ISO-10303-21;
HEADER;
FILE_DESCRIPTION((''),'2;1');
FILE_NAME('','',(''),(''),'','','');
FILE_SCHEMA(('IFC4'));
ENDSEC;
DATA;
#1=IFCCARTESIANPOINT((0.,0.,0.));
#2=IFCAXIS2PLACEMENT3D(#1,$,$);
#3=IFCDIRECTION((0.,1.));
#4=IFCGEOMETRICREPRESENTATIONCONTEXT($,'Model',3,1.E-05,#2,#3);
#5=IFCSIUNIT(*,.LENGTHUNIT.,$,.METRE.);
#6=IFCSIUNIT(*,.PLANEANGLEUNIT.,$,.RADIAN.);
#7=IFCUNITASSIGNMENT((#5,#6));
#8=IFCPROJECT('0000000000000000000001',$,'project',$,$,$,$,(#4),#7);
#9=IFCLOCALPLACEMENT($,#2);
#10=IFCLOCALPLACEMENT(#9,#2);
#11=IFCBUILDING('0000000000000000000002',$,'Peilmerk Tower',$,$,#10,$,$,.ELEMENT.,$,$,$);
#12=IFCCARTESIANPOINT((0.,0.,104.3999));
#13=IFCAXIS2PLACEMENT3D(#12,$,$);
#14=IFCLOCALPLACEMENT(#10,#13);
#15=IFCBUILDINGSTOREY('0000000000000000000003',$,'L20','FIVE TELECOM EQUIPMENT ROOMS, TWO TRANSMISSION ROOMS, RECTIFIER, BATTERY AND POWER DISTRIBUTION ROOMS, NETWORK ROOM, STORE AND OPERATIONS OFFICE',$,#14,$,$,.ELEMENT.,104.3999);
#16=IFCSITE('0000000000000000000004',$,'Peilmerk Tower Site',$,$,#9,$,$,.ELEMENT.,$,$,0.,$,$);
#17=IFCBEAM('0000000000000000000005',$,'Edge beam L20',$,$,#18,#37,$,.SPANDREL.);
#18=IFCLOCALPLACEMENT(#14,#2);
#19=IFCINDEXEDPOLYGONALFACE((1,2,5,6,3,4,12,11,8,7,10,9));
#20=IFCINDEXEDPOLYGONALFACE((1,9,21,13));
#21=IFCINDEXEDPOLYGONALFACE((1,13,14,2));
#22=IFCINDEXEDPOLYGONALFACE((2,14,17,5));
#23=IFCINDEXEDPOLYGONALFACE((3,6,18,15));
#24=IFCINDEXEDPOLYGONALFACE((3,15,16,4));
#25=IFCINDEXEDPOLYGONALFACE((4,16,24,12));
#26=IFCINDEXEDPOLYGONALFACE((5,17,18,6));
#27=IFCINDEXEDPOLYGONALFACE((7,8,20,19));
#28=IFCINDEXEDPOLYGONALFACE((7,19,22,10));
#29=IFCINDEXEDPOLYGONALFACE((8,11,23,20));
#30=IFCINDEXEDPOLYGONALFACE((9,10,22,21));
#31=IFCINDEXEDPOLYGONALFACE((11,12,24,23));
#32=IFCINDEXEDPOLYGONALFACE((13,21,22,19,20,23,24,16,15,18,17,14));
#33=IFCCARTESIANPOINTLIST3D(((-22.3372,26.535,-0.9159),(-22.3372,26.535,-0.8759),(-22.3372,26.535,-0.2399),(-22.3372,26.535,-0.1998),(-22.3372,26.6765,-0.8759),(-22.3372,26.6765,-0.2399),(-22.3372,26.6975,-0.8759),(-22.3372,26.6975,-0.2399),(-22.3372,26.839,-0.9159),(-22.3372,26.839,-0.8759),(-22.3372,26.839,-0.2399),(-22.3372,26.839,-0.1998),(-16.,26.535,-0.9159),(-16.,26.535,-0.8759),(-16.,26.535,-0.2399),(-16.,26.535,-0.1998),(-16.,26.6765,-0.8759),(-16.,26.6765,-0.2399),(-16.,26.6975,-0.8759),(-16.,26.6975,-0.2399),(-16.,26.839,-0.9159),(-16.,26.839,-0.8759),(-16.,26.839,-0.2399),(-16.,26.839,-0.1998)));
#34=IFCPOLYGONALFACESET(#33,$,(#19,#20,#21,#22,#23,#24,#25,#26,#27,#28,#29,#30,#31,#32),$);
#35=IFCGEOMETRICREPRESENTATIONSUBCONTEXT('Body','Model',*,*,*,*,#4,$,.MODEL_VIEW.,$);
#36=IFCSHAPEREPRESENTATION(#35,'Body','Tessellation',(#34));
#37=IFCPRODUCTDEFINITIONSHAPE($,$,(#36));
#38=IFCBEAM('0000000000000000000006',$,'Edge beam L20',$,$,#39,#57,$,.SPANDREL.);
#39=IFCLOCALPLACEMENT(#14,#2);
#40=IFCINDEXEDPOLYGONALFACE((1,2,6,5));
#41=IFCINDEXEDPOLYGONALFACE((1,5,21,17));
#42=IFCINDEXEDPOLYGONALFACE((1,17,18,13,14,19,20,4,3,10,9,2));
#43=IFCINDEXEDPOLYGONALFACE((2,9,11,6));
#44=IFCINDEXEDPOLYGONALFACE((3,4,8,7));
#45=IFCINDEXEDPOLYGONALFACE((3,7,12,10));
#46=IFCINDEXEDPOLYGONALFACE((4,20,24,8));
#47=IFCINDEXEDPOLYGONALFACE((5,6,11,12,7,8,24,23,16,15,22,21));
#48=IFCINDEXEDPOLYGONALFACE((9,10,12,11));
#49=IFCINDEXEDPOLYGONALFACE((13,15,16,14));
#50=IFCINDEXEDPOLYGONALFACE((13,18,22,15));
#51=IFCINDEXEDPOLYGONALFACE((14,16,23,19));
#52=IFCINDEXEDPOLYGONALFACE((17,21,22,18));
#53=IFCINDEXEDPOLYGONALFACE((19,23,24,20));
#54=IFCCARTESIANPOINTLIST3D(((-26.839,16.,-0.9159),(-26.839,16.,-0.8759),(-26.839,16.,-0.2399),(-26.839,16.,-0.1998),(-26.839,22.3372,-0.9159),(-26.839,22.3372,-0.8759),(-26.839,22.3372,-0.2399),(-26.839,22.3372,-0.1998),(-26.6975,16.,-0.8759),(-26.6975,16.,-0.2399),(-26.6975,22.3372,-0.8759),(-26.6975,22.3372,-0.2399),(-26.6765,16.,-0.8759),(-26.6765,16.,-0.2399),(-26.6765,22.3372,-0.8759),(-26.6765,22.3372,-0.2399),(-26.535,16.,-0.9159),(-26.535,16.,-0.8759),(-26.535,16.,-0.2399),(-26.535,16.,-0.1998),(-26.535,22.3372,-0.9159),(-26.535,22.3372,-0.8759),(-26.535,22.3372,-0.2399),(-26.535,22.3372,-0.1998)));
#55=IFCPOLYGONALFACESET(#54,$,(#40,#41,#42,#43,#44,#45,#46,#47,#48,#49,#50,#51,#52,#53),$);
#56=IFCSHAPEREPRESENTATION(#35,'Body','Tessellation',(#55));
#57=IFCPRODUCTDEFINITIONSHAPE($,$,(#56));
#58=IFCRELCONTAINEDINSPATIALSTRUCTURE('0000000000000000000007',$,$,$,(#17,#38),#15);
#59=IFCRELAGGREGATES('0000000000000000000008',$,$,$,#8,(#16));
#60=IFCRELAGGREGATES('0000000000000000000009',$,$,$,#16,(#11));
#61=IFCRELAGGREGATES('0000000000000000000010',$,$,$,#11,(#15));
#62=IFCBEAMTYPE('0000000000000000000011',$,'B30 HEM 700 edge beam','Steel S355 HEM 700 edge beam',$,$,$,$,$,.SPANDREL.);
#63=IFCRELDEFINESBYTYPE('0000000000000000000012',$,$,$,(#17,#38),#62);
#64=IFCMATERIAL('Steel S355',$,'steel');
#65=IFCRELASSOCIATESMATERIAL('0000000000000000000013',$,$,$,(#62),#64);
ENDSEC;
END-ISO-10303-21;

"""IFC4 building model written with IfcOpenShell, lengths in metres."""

from ifc_helpers import new_model, si_unit, direction, frame, origin, origin_2d, place, context, subcontext, project, spatial, i_section, extrude, material, material_profile, profile_set, type_object, element, save


model = new_model("IFC4")

# Units and contexts
model_context = context("Model", 3, precision=1e-05, world=origin(), true_north=direction((0.0, 1.0)))
body_context = subcontext(model_context, "Body", "Model", "MODEL_VIEW")
ifc_project = project(units=[si_unit("LENGTHUNIT", "METRE"), si_unit("PLANEANGLEUNIT", "RADIAN")], contexts=[model_context])

# Site, building, storey
site_placement = place(None, origin())
site = spatial("IfcSite", under=ifc_project, at=site_placement, Name="Peilmerk Tower Site", CompositionType="ELEMENT", RefElevation=0.0)
building_placement = place(site_placement, origin())
building = spatial("IfcBuilding", under=site, at=building_placement, Name="Peilmerk Tower", CompositionType="ELEMENT")
storey_placement = place(building_placement, frame((0.0, 0.0, 104.3999)))
storey = spatial("IfcBuildingStorey", under=building, at=storey_placement, Name="L20", Description="FIVE TELECOM EQUIPMENT ROOMS, TWO TRANSMISSION ROOMS, RECTIFIER, BATTERY AND POWER DISTRIBUTION ROOMS, NETWORK ROOM, STORE AND OPERATIONS OFFICE", CompositionType="ELEMENT", Elevation=104.3999)

# Beams
ifc_material_1 = material(Name="Steel S355", Category="steel")
ifc_material_profile_1 = material_profile(ifc_material_1, i_section(OverallWidth=0.304, OverallDepth=0.7161, WebThickness=0.021, FlangeThickness=0.04, at=origin_2d()), Name="HEM 700")
ifc_profile_set_1 = profile_set([ifc_material_profile_1], Name="Steel S355")
beam_type_1 = type_object("IfcBeamType", Name="B30 HEM 700 edge beam", Description="Steel S355 HEM 700 edge beam", PredefinedType="SPANDREL", material=ifc_profile_set_1)
for number, where, z_axis, x_axis, name in (
    (1, (-16.0, 26.687, -0.5579), (-1.0, 0.0, 0.0), (0.0, -1.0, 0.0), "Edge beam L20"),
    (2, (-26.687, 22.3372, -0.5579), (0.0, -1.0, 0.0), (1.0, 0.0, 0.0), "Edge beam L20"),
):
    element("IfcBeam", number, at=place(storey_placement, frame(where, z_axis=z_axis, x_axis=x_axis)), inside=storey, type_object=beam_type_1, Name=name, PredefinedType="SPANDREL", context=body_context, shape_type="SweptSolid", body=[
        extrude(i_section(OverallWidth=0.304, OverallDepth=0.7161, WebThickness=0.021, FlangeThickness=0.04, at=origin_2d()), origin(), (0.0, 0.0, 1.0), 6.3372),
    ])

save(model, "model.ifc")
